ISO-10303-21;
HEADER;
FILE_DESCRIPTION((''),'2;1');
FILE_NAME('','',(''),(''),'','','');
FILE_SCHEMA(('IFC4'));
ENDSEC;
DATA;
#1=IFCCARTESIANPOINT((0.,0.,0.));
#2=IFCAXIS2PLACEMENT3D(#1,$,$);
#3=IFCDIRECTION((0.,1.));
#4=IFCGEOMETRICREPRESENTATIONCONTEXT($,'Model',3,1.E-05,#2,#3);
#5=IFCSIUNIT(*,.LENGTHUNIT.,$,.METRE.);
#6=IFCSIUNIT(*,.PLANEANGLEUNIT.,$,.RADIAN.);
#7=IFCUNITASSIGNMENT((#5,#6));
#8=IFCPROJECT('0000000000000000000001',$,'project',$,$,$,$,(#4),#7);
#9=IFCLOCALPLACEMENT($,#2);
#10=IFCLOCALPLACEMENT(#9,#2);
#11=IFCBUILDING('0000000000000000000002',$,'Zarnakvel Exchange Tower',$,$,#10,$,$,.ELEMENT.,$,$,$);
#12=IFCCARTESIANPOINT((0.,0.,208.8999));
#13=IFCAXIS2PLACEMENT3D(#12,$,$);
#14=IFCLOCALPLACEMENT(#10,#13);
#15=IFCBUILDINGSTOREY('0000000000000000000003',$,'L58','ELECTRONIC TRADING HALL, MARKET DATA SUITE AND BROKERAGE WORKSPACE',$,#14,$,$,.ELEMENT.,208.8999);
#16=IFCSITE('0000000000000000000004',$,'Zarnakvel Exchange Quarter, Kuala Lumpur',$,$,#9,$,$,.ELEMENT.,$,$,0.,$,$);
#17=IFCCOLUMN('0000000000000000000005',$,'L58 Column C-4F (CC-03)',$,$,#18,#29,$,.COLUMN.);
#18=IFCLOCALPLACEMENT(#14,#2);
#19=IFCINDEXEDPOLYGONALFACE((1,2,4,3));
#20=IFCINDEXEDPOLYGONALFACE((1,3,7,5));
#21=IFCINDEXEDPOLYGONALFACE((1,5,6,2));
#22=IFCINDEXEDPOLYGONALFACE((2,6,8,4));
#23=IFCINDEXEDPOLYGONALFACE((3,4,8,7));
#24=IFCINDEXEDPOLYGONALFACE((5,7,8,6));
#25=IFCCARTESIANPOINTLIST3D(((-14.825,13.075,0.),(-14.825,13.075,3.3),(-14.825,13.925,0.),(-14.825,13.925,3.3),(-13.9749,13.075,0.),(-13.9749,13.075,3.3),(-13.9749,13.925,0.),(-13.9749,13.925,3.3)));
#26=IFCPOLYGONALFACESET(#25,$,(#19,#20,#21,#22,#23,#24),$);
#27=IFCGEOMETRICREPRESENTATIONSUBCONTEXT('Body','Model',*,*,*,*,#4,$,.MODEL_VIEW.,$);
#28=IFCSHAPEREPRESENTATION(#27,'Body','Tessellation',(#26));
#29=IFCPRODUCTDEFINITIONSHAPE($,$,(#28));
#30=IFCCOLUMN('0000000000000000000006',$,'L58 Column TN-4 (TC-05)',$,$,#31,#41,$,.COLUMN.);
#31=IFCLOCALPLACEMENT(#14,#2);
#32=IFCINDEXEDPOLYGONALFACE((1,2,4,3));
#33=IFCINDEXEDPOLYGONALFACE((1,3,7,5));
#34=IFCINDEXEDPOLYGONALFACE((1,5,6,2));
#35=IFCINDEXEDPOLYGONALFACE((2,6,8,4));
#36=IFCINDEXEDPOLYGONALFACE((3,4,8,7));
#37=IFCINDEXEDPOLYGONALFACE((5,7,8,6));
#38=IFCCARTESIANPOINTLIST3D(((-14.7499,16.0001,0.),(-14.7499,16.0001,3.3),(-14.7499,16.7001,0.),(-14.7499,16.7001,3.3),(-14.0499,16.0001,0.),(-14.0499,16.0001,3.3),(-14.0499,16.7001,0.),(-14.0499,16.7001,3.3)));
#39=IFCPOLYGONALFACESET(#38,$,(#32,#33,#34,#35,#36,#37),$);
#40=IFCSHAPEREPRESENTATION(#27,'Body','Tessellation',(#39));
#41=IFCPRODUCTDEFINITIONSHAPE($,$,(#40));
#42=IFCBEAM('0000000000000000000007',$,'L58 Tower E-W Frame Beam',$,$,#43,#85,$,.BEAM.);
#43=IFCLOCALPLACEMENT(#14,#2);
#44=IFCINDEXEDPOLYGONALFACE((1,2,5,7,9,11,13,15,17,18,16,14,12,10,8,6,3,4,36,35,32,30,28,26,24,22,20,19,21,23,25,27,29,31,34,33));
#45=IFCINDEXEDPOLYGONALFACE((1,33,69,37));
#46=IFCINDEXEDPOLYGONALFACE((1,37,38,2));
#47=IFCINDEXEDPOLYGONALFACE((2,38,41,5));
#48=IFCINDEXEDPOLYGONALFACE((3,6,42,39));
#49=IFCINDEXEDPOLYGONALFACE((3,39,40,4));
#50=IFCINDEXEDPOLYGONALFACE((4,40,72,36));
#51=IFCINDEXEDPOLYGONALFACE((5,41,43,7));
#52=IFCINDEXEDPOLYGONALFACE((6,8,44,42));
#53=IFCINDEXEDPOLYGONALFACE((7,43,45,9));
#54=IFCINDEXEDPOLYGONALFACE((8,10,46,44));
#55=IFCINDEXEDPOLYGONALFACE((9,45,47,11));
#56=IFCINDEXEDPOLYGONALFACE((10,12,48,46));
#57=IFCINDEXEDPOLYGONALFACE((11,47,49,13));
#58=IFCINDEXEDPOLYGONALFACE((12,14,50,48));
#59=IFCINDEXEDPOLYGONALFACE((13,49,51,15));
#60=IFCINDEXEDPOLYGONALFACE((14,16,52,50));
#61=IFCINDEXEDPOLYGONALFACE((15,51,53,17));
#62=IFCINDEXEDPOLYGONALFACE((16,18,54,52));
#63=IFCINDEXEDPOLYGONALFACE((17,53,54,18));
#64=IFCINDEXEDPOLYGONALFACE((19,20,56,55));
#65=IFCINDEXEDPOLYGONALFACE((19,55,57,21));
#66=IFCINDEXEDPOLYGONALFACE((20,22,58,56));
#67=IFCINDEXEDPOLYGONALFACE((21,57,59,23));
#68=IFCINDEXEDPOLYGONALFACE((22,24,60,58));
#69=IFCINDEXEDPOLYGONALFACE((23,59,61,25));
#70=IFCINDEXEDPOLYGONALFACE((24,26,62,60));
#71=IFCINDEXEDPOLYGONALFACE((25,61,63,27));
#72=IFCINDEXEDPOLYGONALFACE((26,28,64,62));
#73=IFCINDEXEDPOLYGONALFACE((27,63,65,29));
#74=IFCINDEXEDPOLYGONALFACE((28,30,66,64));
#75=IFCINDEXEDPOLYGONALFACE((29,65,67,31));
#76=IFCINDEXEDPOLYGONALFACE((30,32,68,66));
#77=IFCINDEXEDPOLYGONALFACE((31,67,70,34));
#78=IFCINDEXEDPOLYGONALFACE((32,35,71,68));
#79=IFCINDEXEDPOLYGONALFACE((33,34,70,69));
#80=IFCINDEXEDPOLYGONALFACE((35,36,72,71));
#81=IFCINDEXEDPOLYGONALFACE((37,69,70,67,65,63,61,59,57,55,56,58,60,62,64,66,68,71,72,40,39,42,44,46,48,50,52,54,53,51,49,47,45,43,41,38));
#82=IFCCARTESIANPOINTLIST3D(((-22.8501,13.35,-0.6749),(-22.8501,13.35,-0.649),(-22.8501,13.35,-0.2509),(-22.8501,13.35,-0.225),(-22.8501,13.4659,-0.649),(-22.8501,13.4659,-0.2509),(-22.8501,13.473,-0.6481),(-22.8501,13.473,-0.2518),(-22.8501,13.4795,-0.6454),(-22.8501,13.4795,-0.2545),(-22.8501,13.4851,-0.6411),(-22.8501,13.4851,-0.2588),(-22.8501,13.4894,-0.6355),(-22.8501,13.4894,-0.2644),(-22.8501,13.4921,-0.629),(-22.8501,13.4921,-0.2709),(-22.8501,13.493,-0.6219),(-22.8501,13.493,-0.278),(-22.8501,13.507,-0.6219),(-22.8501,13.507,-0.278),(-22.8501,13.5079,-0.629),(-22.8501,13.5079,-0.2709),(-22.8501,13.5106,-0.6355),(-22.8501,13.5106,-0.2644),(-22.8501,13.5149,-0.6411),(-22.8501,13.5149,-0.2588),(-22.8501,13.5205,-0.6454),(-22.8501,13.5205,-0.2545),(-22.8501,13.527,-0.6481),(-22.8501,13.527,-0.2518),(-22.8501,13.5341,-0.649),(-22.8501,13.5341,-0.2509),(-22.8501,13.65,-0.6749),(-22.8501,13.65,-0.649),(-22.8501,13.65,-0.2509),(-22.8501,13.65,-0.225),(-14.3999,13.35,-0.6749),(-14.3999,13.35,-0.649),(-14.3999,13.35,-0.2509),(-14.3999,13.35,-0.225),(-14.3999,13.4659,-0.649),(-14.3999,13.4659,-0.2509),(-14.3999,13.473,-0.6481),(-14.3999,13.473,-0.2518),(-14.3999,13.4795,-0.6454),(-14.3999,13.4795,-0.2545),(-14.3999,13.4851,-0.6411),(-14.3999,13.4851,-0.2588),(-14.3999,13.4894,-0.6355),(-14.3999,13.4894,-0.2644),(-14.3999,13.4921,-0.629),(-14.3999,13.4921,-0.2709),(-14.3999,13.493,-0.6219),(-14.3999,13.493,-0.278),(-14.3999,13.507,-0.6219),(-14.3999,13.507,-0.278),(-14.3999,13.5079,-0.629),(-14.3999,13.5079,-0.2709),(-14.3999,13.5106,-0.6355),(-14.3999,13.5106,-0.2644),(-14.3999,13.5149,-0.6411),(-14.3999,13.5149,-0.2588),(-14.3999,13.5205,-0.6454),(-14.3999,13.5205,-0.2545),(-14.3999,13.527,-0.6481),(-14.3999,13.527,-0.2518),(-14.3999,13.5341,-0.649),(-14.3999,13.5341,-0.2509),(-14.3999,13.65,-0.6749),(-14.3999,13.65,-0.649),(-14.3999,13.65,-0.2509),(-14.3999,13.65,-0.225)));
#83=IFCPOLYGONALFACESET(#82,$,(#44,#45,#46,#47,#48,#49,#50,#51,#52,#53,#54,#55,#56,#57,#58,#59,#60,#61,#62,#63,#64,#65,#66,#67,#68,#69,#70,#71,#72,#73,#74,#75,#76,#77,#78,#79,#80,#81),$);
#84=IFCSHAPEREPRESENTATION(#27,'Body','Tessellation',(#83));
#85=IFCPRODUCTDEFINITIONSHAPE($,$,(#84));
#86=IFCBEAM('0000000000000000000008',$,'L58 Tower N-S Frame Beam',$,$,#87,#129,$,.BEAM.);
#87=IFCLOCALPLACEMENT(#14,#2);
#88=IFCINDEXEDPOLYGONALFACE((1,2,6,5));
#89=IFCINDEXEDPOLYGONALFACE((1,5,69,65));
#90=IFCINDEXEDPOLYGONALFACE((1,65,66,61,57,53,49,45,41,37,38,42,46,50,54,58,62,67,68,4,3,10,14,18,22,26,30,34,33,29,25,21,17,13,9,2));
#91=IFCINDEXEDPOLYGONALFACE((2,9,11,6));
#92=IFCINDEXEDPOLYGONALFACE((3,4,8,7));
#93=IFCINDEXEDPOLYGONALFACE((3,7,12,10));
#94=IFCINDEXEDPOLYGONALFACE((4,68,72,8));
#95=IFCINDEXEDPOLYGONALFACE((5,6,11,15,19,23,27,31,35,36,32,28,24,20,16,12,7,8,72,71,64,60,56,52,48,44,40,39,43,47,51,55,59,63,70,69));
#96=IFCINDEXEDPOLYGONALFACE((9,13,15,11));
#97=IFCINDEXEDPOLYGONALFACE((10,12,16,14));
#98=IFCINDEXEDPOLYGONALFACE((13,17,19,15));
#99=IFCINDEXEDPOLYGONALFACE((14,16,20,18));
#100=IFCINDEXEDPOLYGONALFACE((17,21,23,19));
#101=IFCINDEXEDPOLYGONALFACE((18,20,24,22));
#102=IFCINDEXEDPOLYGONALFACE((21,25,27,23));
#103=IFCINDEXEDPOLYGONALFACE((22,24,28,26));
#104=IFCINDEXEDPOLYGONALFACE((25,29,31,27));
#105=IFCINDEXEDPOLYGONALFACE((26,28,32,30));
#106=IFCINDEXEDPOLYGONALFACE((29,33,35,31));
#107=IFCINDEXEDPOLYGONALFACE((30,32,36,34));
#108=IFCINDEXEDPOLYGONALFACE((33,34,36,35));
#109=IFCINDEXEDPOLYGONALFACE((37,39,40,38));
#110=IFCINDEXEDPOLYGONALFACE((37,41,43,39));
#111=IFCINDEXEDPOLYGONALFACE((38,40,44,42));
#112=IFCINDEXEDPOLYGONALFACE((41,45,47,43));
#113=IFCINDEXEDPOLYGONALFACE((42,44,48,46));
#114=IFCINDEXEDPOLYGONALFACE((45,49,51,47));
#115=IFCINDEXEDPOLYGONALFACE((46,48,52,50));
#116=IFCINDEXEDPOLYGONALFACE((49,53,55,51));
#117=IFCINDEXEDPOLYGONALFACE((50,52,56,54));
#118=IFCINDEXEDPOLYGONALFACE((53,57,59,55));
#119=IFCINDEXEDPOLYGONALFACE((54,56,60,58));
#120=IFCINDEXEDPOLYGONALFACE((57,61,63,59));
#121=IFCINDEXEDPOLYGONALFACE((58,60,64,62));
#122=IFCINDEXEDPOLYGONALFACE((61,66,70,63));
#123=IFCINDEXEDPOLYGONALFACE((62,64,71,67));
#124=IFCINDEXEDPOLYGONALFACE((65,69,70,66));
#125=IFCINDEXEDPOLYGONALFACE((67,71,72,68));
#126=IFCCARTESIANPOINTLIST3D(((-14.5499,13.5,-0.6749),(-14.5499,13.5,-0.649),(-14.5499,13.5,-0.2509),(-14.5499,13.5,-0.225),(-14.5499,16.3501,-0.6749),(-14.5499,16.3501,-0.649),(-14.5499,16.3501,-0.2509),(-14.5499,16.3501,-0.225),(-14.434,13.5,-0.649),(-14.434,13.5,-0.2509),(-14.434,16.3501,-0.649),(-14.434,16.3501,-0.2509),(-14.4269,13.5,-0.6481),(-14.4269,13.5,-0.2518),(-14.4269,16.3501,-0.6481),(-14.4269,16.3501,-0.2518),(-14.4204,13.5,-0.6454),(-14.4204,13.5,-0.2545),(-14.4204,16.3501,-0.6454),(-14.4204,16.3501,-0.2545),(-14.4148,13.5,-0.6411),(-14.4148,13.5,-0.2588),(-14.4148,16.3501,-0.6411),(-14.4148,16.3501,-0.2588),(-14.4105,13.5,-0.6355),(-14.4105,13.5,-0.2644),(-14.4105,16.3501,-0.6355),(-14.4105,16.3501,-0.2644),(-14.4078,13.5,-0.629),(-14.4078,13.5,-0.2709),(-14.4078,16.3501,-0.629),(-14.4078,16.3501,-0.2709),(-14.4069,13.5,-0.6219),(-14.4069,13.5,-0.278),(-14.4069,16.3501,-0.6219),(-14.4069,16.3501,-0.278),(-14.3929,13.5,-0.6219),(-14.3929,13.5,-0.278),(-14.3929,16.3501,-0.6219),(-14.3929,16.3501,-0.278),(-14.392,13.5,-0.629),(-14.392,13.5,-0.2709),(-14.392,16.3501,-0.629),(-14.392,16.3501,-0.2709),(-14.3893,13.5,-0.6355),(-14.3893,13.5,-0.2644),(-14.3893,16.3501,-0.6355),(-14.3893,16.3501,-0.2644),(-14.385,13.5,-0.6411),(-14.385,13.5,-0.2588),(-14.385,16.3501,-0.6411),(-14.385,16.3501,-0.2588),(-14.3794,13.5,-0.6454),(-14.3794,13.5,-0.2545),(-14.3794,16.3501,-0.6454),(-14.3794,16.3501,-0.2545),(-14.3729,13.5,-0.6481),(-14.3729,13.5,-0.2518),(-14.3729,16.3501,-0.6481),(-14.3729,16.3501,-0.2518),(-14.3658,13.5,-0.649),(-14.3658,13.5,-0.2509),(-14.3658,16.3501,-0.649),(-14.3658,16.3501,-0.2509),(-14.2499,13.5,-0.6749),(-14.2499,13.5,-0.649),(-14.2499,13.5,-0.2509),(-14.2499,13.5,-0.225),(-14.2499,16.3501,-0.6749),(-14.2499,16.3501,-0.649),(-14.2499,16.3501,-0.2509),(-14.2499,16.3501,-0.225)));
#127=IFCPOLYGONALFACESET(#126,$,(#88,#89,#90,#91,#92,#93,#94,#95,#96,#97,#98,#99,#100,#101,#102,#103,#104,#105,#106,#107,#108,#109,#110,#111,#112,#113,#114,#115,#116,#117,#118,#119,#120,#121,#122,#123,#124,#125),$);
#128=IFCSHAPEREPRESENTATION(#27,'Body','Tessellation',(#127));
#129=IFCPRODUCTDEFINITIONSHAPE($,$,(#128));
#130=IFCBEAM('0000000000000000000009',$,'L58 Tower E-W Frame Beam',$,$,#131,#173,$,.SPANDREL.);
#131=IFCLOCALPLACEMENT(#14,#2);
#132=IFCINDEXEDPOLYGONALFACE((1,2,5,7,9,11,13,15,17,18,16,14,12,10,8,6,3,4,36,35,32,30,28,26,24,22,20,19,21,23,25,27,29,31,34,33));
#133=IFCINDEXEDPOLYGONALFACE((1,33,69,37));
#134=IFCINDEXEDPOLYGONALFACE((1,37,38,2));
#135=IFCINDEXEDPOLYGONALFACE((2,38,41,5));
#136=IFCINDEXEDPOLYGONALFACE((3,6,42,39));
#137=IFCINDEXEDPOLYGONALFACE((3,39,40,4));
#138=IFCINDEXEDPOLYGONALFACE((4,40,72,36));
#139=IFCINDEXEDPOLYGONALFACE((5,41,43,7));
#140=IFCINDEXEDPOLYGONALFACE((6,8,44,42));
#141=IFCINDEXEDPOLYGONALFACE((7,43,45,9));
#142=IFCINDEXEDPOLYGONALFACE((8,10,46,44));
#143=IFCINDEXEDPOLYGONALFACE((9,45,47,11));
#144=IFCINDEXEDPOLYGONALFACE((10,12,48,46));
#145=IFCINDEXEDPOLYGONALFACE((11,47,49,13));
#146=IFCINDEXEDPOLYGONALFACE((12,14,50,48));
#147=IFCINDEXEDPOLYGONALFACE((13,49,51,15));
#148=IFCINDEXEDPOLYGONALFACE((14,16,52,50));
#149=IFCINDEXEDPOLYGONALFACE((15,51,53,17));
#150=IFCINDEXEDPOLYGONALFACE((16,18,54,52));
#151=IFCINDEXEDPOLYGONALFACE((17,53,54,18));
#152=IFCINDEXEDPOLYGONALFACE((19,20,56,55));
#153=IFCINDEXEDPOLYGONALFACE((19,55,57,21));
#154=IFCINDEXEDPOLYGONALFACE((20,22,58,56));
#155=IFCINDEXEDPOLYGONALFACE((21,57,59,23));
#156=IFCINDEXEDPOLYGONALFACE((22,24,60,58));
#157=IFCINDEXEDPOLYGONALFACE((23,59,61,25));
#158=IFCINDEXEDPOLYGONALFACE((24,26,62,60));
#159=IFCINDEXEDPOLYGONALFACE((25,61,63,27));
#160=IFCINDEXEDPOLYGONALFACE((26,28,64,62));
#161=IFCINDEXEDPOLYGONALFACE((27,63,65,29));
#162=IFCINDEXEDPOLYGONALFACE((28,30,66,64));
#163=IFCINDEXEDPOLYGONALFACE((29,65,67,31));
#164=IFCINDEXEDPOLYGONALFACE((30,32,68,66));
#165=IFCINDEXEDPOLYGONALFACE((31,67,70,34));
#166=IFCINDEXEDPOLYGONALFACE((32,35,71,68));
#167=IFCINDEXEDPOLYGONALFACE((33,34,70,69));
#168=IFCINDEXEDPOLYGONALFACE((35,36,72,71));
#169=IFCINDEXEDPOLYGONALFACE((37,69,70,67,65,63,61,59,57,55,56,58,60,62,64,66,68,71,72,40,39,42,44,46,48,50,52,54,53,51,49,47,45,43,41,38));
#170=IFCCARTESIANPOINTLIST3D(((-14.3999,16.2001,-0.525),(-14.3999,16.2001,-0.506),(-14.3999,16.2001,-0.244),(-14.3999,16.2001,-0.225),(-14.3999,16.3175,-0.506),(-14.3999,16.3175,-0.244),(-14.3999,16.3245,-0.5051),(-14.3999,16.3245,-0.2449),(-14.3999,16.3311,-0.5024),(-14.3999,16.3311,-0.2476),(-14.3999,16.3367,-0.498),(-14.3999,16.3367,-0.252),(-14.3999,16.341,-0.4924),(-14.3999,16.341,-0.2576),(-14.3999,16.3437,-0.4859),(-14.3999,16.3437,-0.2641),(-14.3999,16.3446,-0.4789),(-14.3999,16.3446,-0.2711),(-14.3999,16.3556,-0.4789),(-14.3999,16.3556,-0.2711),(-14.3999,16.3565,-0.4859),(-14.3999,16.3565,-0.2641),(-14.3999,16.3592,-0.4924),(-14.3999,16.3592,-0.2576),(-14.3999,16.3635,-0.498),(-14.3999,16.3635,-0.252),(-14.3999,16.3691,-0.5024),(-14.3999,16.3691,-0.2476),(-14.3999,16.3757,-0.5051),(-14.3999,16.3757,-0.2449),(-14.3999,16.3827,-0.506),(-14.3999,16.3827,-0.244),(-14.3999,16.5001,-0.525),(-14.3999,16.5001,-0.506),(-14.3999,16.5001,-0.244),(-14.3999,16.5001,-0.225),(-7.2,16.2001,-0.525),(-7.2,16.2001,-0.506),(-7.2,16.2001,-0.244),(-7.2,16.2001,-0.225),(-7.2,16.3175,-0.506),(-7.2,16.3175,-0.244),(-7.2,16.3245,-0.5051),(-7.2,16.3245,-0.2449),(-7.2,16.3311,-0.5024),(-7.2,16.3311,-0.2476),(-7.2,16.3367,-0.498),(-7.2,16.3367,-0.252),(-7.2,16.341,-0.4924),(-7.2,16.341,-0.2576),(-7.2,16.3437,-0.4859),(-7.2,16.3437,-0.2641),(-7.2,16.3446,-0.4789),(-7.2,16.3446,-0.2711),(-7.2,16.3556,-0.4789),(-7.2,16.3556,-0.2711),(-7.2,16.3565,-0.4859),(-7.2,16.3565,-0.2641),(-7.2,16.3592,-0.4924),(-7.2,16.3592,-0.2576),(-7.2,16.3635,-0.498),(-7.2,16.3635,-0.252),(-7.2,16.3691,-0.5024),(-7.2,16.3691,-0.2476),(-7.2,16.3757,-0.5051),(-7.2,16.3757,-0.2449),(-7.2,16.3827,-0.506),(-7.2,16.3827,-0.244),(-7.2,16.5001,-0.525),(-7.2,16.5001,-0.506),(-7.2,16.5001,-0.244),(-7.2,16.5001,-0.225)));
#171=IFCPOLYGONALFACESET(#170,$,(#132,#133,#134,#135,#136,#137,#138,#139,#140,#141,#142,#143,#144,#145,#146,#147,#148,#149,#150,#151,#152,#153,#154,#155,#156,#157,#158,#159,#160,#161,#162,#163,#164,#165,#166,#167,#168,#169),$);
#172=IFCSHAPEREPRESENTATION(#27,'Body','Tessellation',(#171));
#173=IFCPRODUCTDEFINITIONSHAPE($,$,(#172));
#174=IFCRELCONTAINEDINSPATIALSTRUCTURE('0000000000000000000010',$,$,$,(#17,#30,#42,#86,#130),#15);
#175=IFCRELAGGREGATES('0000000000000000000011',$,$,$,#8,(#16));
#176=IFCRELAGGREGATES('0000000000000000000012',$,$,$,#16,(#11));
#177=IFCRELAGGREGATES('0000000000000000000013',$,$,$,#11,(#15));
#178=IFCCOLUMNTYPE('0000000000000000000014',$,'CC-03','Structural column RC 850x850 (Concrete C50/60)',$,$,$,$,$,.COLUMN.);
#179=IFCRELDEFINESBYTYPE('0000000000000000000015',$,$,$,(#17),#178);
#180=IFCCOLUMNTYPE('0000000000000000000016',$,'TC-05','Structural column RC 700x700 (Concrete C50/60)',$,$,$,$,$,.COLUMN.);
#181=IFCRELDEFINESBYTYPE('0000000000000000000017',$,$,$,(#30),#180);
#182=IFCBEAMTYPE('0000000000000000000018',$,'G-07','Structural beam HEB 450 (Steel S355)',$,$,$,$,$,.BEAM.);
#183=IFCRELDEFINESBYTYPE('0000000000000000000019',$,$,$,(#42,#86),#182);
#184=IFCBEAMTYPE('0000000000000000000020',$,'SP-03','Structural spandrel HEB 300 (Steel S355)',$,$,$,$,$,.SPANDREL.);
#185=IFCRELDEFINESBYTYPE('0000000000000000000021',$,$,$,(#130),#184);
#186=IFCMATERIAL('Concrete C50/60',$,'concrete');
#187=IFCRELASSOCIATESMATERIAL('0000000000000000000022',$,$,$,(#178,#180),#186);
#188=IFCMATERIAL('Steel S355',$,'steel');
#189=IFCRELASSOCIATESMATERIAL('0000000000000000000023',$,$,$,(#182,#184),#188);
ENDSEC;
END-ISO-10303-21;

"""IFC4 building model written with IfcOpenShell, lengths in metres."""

from ifc_helpers import new_model, si_unit, direction, frame, origin, origin_2d, place, context, subcontext, project, spatial, rectangle, i_section, extrude, material, material_profile, profile_set, type_object, element, save


model = new_model("IFC4")

# Units and contexts
model_context = context("Model", 3, precision=1e-05, world=origin(), true_north=direction((0.0, 1.0)))
body_context = subcontext(model_context, "Body", "Model", "MODEL_VIEW")
ifc_project = project(units=[si_unit("LENGTHUNIT", "METRE"), si_unit("PLANEANGLEUNIT", "RADIAN")], contexts=[model_context])

# Site, building, storey
site_placement = place(None, origin())
site = spatial("IfcSite", under=ifc_project, at=site_placement, Name="Zarnakvel Exchange Quarter, Kuala Lumpur", CompositionType="ELEMENT", RefElevation=0.0)
building_placement = place(site_placement, origin())
building = spatial("IfcBuilding", under=site, at=building_placement, Name="Zarnakvel Exchange Tower", CompositionType="ELEMENT")
storey_placement = place(building_placement, frame((0.0, 0.0, 208.8999)))
storey = spatial("IfcBuildingStorey", under=building, at=storey_placement, Name="L58", Description="ELECTRONIC TRADING HALL, MARKET DATA SUITE AND BROKERAGE WORKSPACE", CompositionType="ELEMENT", Elevation=208.8999)

# Columns
ifc_material_1 = material(Name="Concrete C50/60", Category="concrete")
ifc_material_profile_1 = material_profile(ifc_material_1, rectangle(XDim=0.8501, YDim=0.8501, at=origin_2d()))
ifc_profile_set_1 = profile_set([ifc_material_profile_1], Name="Concrete C50/60")
column_type_1 = type_object("IfcColumnType", Name="CC-03", Description="Structural column RC 850x850 (Concrete C50/60)", PredefinedType="COLUMN", material=ifc_profile_set_1)
column_1_placement = place(storey_placement, frame((-14.3999, 13.5, 0.0), z_axis=(0.0, 0.0, 1.0), x_axis=(1.0, 0.0, 0.0)))
element("IfcColumn", 1, at=column_1_placement, inside=storey, type_object=column_type_1, Name="L58 Column C-4F (CC-03)", PredefinedType="COLUMN", context=body_context, shape_type="SweptSolid", body=[
    extrude(rectangle(XDim=0.8501, YDim=0.8501, at=origin_2d()), origin(), (0.0, 0.0, 1.0), 3.3),
])
ifc_material_profile_2 = material_profile(ifc_material_1, rectangle(XDim=0.7, YDim=0.7, at=origin_2d()))
ifc_profile_set_2 = profile_set([ifc_material_profile_2], Name="Concrete C50/60")
column_type_2 = type_object("IfcColumnType", Name="TC-05", Description="Structural column RC 700x700 (Concrete C50/60)", PredefinedType="COLUMN", material=ifc_profile_set_2)
column_2_placement = place(storey_placement, frame((-14.3999, 16.3501, 0.0), z_axis=(0.0, 0.0, 1.0), x_axis=(1.0, 0.0, 0.0)))
element("IfcColumn", 2, at=column_2_placement, inside=storey, type_object=column_type_2, Name="L58 Column TN-4 (TC-05)", PredefinedType="COLUMN", context=body_context, shape_type="SweptSolid", body=[
    extrude(rectangle(XDim=0.7, YDim=0.7, at=origin_2d()), origin(), (0.0, 0.0, 1.0), 3.3),
])

# Beams
ifc_material_2 = material(Name="Steel S355", Category="steel")
ifc_material_profile_3 = material_profile(ifc_material_2, i_section(OverallWidth=0.3, OverallDepth=0.45, WebThickness=0.0139, FlangeThickness=0.0259, FilletRadius=0.0271, at=origin_2d()))
ifc_profile_set_3 = profile_set([ifc_material_profile_3], Name="Steel S355")
beam_type_1 = type_object("IfcBeamType", Name="G-07", Description="Structural beam HEB 450 (Steel S355)", PredefinedType="BEAM", material=ifc_profile_set_3)
beam_1_placement = place(storey_placement, frame((-22.8501, 13.5, -0.45), z_axis=(1.0, 0.0, 0.0), x_axis=(0.0, 1.0, 0.0)))
element("IfcBeam", 3, at=beam_1_placement, inside=storey, type_object=beam_type_1, Name="L58 Tower E-W Frame Beam", PredefinedType="BEAM", context=body_context, shape_type="SweptSolid", body=[
    extrude(i_section(OverallWidth=0.3, OverallDepth=0.45, WebThickness=0.0139, FlangeThickness=0.0259, FilletRadius=0.0271, at=origin_2d()), origin(), (0.0, 0.0, 1.0), 8.4502),
])
beam_2_placement = place(storey_placement, frame((-14.3999, 13.5, -0.45), z_axis=(0.0, 1.0, 0.0), x_axis=(-1.0, 0.0, 0.0)))
element("IfcBeam", 4, at=beam_2_placement, inside=storey, type_object=beam_type_1, Name="L58 Tower N-S Frame Beam", PredefinedType="BEAM", context=body_context, shape_type="SweptSolid", body=[
    extrude(i_section(OverallWidth=0.3, OverallDepth=0.45, WebThickness=0.0139, FlangeThickness=0.0259, FilletRadius=0.0271, at=origin_2d()), origin(), (0.0, 0.0, 1.0), 2.8501),
])
ifc_material_profile_4 = material_profile(ifc_material_2, i_section(OverallWidth=0.3, OverallDepth=0.3, WebThickness=0.011, FlangeThickness=0.019, FilletRadius=0.0271, at=origin_2d()))
ifc_profile_set_4 = profile_set([ifc_material_profile_4], Name="Steel S355")
beam_type_2 = type_object("IfcBeamType", Name="SP-03", Description="Structural spandrel HEB 300 (Steel S355)", PredefinedType="SPANDREL", material=ifc_profile_set_4)
beam_3_placement = place(storey_placement, frame((-14.3999, 16.3501, -0.375), z_axis=(1.0, 0.0, 0.0), x_axis=(0.0, 1.0, 0.0)))
element("IfcBeam", 5, at=beam_3_placement, inside=storey, type_object=beam_type_2, Name="L58 Tower E-W Frame Beam", PredefinedType="SPANDREL", context=body_context, shape_type="SweptSolid", body=[
    extrude(i_section(OverallWidth=0.3, OverallDepth=0.3, WebThickness=0.011, FlangeThickness=0.019, FilletRadius=0.0271, at=origin_2d()), origin(), (0.0, 0.0, 1.0), 7.2),
])

save(model, "model.ifc")
